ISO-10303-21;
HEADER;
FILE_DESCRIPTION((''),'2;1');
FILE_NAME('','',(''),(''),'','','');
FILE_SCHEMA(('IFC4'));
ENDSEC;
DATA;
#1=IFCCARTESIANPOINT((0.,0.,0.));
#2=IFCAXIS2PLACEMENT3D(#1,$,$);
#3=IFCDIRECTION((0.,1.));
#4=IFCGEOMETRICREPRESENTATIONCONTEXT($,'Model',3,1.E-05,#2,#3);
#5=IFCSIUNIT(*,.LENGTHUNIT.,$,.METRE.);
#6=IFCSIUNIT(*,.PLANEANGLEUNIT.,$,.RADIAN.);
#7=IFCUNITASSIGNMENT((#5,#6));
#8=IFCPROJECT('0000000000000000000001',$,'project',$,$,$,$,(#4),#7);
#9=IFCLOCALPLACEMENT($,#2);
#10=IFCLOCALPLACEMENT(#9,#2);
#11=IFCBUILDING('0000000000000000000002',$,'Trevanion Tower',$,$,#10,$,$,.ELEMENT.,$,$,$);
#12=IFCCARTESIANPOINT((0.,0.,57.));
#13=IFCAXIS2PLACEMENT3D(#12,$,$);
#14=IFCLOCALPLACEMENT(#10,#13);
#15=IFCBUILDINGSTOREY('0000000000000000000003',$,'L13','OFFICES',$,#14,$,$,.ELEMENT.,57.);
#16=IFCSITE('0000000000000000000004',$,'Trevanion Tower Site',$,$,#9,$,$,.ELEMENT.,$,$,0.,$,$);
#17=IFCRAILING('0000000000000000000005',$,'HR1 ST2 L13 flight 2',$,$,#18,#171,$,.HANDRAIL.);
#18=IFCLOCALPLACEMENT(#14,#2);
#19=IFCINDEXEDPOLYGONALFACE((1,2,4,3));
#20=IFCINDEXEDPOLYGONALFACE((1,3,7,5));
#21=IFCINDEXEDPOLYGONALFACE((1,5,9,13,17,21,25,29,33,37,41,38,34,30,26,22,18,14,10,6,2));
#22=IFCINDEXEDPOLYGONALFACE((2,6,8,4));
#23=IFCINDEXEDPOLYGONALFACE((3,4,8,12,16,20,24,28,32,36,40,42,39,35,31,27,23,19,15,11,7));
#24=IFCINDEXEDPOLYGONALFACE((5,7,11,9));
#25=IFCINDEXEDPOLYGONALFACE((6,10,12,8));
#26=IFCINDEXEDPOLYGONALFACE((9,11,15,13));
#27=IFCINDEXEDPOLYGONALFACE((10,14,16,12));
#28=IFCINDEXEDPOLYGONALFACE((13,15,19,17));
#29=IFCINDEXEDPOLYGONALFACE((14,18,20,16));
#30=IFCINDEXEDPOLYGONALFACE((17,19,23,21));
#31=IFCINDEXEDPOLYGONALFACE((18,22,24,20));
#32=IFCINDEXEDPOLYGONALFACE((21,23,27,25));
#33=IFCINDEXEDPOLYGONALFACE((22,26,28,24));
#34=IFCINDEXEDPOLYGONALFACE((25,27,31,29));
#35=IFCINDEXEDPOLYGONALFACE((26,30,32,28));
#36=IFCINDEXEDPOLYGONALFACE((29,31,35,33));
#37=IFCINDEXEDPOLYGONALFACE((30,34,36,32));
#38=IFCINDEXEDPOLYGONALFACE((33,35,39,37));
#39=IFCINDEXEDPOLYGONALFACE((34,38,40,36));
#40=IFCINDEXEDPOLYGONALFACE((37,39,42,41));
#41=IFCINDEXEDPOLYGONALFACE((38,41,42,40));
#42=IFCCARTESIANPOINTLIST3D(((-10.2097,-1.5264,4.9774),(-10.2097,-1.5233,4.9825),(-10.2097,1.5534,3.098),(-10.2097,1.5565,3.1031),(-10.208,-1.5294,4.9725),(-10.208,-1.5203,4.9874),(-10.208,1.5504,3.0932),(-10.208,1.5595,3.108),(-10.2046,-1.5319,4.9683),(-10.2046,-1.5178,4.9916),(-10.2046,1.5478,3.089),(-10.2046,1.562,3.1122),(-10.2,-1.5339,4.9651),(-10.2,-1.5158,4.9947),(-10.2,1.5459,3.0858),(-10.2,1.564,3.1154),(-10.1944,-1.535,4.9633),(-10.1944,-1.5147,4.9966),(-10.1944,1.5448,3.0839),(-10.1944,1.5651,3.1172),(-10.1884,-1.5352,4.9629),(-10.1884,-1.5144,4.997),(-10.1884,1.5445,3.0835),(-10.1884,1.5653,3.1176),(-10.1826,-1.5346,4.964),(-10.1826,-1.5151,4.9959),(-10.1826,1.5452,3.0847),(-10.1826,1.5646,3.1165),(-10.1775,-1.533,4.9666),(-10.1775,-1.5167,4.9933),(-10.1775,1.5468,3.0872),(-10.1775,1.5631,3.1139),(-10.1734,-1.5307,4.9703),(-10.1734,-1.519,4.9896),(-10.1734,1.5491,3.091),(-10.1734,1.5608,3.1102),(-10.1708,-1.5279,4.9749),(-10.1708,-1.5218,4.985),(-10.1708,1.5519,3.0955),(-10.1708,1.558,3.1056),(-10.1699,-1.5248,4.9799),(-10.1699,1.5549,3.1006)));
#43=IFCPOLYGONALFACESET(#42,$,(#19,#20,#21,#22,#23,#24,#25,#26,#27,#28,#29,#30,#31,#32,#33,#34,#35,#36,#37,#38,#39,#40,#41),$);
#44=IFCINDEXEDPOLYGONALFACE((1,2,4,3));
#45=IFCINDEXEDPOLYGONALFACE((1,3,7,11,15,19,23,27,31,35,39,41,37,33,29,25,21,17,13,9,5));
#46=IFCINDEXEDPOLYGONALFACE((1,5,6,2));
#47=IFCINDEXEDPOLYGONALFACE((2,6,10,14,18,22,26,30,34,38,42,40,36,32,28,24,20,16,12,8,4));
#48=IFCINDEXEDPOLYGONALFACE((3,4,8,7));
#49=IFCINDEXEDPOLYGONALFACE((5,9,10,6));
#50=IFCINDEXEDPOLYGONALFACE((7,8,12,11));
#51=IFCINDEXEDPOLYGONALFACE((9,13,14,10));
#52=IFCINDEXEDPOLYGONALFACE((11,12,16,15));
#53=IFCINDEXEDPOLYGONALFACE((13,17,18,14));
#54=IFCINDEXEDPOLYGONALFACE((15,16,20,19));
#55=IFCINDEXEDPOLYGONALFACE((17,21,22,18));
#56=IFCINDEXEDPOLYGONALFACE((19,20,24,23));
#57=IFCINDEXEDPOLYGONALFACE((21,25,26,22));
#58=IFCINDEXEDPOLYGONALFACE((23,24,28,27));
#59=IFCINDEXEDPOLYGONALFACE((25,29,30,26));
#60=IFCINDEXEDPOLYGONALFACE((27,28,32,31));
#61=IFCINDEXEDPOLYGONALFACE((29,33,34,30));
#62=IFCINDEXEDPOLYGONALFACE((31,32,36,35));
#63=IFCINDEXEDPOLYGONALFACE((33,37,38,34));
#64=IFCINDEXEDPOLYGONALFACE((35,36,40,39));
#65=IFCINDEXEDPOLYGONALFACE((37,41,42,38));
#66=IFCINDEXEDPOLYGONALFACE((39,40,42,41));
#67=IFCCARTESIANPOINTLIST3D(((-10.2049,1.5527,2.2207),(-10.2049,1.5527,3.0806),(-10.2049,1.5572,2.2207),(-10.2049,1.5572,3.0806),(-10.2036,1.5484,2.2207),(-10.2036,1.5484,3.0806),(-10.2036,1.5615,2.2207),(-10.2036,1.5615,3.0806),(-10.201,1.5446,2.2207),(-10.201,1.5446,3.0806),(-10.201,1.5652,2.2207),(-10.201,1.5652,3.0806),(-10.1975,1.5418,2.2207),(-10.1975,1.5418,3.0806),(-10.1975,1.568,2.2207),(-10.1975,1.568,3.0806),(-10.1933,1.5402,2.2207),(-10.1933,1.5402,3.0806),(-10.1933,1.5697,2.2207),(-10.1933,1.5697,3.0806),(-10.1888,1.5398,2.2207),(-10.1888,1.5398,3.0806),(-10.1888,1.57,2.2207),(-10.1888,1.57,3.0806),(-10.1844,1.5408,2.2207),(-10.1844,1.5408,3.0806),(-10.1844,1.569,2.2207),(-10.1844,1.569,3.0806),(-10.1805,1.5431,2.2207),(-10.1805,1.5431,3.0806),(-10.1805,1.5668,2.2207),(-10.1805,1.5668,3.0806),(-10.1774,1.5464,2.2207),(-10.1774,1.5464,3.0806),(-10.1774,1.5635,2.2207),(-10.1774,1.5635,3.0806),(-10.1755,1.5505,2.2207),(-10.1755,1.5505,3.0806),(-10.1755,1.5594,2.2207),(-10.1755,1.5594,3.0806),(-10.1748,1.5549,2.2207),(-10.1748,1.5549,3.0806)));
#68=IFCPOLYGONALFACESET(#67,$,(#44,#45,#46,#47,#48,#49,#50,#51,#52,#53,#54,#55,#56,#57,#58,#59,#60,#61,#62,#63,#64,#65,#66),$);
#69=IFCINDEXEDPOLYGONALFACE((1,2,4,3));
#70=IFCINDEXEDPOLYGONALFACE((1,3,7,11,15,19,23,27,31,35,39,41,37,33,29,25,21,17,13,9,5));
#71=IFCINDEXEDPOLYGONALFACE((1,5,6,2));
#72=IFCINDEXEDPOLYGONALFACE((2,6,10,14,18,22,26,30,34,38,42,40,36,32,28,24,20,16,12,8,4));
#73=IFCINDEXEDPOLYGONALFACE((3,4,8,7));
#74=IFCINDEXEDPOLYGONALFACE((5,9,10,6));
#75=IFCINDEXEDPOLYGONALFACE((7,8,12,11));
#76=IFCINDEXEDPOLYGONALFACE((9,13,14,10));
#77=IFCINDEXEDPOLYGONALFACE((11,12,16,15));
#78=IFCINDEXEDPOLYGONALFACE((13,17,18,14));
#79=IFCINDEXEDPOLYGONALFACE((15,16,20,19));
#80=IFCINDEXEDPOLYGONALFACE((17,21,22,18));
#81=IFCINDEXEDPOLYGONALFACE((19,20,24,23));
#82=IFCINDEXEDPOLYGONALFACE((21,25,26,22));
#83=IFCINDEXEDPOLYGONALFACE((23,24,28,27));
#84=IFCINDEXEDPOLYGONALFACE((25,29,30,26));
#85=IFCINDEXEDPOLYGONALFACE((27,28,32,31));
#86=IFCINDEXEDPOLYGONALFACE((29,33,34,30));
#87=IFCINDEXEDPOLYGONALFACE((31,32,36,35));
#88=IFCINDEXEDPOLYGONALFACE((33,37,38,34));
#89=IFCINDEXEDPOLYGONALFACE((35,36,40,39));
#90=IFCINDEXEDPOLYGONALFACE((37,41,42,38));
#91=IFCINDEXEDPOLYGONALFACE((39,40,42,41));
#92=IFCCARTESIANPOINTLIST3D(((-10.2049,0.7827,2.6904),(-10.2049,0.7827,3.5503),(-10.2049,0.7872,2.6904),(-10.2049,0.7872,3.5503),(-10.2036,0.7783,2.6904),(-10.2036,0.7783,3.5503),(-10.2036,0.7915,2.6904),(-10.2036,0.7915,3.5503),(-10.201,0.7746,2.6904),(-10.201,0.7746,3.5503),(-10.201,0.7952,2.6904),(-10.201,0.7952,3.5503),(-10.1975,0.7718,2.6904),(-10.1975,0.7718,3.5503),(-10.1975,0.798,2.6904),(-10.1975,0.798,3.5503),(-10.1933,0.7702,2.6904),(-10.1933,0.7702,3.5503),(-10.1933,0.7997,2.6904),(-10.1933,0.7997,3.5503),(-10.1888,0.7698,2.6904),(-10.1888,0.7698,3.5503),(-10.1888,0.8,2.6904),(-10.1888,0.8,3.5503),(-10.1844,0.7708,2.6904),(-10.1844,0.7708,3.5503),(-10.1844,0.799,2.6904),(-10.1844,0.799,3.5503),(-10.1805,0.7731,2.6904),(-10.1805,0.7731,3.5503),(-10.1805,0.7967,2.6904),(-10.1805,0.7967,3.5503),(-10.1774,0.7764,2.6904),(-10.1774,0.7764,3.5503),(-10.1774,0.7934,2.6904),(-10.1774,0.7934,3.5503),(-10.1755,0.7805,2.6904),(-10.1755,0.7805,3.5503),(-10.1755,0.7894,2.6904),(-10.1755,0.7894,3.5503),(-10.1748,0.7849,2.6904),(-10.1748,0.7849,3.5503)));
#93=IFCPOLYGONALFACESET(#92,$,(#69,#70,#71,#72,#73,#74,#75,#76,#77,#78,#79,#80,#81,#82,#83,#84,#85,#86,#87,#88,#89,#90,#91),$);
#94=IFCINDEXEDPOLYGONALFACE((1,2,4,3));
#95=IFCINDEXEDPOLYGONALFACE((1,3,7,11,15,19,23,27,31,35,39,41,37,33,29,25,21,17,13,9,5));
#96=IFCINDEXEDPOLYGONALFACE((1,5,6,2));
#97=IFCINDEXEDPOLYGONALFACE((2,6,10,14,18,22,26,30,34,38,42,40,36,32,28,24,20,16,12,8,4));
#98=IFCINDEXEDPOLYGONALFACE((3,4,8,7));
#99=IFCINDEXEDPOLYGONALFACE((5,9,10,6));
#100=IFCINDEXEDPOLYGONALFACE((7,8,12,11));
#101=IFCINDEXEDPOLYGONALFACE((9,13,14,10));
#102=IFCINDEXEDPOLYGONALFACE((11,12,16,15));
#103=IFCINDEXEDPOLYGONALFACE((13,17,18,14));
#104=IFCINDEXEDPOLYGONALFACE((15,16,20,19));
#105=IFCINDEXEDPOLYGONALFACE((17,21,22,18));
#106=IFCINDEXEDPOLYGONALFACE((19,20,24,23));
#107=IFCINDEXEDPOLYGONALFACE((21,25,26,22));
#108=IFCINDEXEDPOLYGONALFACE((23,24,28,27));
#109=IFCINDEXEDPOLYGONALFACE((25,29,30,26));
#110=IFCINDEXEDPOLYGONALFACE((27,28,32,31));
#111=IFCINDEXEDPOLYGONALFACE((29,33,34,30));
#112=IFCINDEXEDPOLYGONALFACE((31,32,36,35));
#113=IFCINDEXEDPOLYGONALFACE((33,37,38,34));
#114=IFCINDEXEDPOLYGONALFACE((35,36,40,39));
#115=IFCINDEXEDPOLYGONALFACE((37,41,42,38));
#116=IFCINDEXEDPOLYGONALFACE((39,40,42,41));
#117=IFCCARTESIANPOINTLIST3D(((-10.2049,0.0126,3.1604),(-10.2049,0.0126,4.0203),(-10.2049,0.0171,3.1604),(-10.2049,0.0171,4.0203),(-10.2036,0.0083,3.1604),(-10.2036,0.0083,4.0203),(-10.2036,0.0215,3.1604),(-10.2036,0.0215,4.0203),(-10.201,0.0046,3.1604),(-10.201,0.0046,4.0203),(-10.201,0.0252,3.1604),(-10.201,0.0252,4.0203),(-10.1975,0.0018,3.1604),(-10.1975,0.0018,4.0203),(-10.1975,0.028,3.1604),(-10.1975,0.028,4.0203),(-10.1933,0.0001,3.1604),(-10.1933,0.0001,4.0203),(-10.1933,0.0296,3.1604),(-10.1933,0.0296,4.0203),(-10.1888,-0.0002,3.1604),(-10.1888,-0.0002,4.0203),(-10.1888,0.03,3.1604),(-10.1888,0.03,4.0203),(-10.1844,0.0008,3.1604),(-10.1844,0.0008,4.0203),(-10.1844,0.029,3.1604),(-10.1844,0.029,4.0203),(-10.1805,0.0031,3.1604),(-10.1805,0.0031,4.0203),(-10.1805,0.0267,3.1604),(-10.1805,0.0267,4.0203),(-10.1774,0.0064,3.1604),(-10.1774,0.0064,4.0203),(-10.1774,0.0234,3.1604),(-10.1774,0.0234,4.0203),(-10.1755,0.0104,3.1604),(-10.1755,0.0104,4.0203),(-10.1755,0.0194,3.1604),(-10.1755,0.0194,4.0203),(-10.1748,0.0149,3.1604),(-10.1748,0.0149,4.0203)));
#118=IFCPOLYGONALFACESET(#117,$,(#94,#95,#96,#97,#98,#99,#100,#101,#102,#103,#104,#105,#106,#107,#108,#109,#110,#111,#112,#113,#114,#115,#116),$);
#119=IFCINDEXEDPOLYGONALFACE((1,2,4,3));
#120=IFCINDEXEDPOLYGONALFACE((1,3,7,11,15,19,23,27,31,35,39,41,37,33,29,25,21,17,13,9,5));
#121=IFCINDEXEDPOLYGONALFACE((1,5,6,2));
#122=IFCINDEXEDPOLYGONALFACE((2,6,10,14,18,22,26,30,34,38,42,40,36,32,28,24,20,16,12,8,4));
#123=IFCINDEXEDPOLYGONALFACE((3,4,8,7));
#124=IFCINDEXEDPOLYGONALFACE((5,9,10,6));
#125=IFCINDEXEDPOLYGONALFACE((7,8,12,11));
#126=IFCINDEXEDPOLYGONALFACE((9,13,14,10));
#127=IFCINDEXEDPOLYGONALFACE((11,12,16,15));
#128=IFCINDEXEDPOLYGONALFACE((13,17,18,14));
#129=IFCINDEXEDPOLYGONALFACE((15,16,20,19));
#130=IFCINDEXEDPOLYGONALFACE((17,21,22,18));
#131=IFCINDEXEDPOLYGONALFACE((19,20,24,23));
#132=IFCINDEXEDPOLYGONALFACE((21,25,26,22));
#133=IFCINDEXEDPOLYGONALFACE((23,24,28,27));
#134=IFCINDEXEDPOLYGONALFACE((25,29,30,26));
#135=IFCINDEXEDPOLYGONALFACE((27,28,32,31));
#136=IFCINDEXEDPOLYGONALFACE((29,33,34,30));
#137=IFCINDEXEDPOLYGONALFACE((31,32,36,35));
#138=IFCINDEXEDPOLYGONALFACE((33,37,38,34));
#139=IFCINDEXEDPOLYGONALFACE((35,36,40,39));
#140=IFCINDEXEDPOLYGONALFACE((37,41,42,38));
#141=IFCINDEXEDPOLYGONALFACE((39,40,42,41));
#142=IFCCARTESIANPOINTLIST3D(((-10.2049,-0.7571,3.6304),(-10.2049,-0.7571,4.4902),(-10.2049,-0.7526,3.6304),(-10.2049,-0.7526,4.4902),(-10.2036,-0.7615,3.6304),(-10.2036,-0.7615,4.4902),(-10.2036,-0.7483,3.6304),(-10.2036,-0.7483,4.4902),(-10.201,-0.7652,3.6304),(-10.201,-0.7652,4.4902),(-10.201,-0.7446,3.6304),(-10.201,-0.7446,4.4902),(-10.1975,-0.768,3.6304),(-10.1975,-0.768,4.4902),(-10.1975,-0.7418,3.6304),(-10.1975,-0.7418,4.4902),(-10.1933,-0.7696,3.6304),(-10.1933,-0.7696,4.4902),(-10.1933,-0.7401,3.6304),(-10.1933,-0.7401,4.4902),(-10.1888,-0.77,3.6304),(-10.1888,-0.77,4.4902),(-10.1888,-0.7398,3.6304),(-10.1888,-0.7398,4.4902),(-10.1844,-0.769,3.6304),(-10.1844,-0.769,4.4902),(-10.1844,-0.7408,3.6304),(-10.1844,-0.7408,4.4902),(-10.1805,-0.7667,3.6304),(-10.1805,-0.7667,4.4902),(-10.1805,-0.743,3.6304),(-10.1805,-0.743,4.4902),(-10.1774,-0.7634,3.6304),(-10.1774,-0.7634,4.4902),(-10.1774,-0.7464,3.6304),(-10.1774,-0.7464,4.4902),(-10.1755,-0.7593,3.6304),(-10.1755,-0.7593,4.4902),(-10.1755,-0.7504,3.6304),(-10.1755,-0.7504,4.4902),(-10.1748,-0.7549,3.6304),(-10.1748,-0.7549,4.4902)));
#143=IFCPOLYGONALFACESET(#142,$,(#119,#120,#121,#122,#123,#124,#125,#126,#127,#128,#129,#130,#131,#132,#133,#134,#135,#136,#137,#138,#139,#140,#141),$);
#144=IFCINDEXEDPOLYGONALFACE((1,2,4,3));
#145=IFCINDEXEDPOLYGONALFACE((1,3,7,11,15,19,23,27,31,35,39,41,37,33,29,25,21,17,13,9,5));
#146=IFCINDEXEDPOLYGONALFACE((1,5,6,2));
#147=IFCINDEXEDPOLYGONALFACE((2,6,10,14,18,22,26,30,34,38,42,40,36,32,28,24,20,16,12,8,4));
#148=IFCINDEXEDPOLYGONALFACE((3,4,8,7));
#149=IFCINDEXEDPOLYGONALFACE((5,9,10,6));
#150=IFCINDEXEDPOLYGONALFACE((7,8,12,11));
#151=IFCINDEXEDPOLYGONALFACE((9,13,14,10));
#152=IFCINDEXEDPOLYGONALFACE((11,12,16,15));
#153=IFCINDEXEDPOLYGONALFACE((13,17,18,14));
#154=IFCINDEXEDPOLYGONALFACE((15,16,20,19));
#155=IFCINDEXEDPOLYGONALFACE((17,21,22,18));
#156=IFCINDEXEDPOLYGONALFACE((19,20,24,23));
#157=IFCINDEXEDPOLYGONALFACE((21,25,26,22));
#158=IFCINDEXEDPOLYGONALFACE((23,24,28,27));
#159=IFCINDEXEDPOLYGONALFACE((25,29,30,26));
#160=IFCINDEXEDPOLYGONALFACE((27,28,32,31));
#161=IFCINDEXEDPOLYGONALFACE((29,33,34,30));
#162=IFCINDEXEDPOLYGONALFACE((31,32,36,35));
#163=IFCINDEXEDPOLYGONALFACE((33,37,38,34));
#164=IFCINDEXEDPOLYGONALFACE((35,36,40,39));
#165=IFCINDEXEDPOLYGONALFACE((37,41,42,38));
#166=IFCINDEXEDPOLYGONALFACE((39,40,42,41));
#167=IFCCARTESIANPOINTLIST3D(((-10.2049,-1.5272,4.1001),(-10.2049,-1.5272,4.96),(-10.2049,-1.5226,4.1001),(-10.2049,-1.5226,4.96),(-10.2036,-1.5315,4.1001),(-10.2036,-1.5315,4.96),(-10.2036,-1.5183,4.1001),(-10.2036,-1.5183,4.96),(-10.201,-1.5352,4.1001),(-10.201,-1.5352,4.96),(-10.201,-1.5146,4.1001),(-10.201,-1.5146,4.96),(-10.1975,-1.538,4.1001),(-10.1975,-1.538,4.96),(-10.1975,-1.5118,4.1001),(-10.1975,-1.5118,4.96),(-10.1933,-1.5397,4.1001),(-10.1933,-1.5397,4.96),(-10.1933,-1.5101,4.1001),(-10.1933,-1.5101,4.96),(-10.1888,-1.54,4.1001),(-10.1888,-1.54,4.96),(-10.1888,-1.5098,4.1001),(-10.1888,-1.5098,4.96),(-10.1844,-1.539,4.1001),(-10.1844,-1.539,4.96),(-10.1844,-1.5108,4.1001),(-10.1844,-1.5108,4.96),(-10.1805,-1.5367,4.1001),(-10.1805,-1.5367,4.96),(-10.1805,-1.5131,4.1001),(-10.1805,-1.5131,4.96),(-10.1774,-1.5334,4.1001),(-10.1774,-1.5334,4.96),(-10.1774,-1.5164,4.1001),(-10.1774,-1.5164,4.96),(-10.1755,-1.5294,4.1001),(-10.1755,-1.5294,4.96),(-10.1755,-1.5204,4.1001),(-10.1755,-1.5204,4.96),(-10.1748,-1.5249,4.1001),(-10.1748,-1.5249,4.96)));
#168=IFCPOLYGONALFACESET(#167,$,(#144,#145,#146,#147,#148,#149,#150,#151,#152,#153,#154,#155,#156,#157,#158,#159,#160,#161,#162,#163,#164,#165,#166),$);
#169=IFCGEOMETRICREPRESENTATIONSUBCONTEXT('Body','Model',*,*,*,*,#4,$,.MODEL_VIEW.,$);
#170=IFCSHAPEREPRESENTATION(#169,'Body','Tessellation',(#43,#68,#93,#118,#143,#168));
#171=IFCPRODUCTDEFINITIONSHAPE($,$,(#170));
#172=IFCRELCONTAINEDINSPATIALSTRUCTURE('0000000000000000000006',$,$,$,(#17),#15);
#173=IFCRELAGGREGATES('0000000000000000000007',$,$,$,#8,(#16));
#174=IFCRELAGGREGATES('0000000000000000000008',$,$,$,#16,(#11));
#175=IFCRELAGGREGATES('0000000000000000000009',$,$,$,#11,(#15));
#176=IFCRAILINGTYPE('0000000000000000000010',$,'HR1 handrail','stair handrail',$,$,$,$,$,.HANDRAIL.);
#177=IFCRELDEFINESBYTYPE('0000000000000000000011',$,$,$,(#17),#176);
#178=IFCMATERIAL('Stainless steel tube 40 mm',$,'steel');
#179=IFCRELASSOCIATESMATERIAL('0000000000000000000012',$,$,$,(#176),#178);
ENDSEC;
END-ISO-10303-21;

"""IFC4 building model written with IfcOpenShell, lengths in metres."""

from ifc_helpers import new_model, si_unit, direction, frame, origin, origin_2d, place, context, subcontext, project, spatial, circle, extrude, material, type_object, element, save


model = new_model("IFC4")

# Units and contexts
model_context = context("Model", 3, precision=1e-05, world=origin(), true_north=direction((0.0, 1.0)))
body_context = subcontext(model_context, "Body", "Model", "MODEL_VIEW")
ifc_project = project(units=[si_unit("LENGTHUNIT", "METRE"), si_unit("PLANEANGLEUNIT", "RADIAN")], contexts=[model_context])

# Site, building, storey
site_placement = place(None, origin())
site = spatial("IfcSite", under=ifc_project, at=site_placement, Name="Trevanion Tower Site", CompositionType="ELEMENT", RefElevation=0.0)
building_placement = place(site_placement, origin())
building = spatial("IfcBuilding", under=site, at=building_placement, Name="Trevanion Tower", CompositionType="ELEMENT")
storey_placement = place(building_placement, frame((0.0, 0.0, 57.0)))
storey = spatial("IfcBuildingStorey", under=building, at=storey_placement, Name="L13", Description="OFFICES", CompositionType="ELEMENT", Elevation=57.0)

# Railing
ifc_material_1 = material(Name="Stainless steel tube 40 mm", Category="steel")
railing_type = type_object("IfcRailingType", Name="HR1 handrail", Description="stair handrail", PredefinedType="HANDRAIL", material=ifc_material_1)
for number, where, name in (
    (1, (-10.1899, 1.5549, 2.2207), "HR1 ST2 L13 flight 2"),
):
    element("IfcRailing", number, at=place(storey_placement, frame(where)), inside=storey, type_object=railing_type, Name=name, PredefinedType="HANDRAIL", context=body_context, shape_type="SweptSolid", body=[
        extrude(circle(Radius=0.02, at=origin_2d()), frame((0.0, 0.0, 0.8799), z_axis=(0.0, -0.853618, 0.5209), x_axis=(1.0, 0.0, 0.0)), (0.0, 0.0, 1.0), 3.6079),
        extrude(circle(Radius=0.0151, at=origin_2d()), origin(), (0.0, 0.0, 1.0), 0.8599),
        extrude(circle(Radius=0.0151, at=origin_2d()), frame((0.0, -0.77, 0.4697)), (0.0, 0.0, 1.0), 0.8599),
        extrude(circle(Radius=0.0151, at=origin_2d()), frame((0.0, -1.54, 0.9397)), (0.0, 0.0, 1.0), 0.8599),
        extrude(circle(Radius=0.0151, at=origin_2d()), frame((0.0, -2.3098, 1.4097)), (0.0, 0.0, 1.0), 0.8599),
        extrude(circle(Radius=0.0151, at=origin_2d()), frame((0.0, -3.0798, 1.8794)), (0.0, 0.0, 1.0), 0.8599),
    ])

save(model, "model.ifc")
